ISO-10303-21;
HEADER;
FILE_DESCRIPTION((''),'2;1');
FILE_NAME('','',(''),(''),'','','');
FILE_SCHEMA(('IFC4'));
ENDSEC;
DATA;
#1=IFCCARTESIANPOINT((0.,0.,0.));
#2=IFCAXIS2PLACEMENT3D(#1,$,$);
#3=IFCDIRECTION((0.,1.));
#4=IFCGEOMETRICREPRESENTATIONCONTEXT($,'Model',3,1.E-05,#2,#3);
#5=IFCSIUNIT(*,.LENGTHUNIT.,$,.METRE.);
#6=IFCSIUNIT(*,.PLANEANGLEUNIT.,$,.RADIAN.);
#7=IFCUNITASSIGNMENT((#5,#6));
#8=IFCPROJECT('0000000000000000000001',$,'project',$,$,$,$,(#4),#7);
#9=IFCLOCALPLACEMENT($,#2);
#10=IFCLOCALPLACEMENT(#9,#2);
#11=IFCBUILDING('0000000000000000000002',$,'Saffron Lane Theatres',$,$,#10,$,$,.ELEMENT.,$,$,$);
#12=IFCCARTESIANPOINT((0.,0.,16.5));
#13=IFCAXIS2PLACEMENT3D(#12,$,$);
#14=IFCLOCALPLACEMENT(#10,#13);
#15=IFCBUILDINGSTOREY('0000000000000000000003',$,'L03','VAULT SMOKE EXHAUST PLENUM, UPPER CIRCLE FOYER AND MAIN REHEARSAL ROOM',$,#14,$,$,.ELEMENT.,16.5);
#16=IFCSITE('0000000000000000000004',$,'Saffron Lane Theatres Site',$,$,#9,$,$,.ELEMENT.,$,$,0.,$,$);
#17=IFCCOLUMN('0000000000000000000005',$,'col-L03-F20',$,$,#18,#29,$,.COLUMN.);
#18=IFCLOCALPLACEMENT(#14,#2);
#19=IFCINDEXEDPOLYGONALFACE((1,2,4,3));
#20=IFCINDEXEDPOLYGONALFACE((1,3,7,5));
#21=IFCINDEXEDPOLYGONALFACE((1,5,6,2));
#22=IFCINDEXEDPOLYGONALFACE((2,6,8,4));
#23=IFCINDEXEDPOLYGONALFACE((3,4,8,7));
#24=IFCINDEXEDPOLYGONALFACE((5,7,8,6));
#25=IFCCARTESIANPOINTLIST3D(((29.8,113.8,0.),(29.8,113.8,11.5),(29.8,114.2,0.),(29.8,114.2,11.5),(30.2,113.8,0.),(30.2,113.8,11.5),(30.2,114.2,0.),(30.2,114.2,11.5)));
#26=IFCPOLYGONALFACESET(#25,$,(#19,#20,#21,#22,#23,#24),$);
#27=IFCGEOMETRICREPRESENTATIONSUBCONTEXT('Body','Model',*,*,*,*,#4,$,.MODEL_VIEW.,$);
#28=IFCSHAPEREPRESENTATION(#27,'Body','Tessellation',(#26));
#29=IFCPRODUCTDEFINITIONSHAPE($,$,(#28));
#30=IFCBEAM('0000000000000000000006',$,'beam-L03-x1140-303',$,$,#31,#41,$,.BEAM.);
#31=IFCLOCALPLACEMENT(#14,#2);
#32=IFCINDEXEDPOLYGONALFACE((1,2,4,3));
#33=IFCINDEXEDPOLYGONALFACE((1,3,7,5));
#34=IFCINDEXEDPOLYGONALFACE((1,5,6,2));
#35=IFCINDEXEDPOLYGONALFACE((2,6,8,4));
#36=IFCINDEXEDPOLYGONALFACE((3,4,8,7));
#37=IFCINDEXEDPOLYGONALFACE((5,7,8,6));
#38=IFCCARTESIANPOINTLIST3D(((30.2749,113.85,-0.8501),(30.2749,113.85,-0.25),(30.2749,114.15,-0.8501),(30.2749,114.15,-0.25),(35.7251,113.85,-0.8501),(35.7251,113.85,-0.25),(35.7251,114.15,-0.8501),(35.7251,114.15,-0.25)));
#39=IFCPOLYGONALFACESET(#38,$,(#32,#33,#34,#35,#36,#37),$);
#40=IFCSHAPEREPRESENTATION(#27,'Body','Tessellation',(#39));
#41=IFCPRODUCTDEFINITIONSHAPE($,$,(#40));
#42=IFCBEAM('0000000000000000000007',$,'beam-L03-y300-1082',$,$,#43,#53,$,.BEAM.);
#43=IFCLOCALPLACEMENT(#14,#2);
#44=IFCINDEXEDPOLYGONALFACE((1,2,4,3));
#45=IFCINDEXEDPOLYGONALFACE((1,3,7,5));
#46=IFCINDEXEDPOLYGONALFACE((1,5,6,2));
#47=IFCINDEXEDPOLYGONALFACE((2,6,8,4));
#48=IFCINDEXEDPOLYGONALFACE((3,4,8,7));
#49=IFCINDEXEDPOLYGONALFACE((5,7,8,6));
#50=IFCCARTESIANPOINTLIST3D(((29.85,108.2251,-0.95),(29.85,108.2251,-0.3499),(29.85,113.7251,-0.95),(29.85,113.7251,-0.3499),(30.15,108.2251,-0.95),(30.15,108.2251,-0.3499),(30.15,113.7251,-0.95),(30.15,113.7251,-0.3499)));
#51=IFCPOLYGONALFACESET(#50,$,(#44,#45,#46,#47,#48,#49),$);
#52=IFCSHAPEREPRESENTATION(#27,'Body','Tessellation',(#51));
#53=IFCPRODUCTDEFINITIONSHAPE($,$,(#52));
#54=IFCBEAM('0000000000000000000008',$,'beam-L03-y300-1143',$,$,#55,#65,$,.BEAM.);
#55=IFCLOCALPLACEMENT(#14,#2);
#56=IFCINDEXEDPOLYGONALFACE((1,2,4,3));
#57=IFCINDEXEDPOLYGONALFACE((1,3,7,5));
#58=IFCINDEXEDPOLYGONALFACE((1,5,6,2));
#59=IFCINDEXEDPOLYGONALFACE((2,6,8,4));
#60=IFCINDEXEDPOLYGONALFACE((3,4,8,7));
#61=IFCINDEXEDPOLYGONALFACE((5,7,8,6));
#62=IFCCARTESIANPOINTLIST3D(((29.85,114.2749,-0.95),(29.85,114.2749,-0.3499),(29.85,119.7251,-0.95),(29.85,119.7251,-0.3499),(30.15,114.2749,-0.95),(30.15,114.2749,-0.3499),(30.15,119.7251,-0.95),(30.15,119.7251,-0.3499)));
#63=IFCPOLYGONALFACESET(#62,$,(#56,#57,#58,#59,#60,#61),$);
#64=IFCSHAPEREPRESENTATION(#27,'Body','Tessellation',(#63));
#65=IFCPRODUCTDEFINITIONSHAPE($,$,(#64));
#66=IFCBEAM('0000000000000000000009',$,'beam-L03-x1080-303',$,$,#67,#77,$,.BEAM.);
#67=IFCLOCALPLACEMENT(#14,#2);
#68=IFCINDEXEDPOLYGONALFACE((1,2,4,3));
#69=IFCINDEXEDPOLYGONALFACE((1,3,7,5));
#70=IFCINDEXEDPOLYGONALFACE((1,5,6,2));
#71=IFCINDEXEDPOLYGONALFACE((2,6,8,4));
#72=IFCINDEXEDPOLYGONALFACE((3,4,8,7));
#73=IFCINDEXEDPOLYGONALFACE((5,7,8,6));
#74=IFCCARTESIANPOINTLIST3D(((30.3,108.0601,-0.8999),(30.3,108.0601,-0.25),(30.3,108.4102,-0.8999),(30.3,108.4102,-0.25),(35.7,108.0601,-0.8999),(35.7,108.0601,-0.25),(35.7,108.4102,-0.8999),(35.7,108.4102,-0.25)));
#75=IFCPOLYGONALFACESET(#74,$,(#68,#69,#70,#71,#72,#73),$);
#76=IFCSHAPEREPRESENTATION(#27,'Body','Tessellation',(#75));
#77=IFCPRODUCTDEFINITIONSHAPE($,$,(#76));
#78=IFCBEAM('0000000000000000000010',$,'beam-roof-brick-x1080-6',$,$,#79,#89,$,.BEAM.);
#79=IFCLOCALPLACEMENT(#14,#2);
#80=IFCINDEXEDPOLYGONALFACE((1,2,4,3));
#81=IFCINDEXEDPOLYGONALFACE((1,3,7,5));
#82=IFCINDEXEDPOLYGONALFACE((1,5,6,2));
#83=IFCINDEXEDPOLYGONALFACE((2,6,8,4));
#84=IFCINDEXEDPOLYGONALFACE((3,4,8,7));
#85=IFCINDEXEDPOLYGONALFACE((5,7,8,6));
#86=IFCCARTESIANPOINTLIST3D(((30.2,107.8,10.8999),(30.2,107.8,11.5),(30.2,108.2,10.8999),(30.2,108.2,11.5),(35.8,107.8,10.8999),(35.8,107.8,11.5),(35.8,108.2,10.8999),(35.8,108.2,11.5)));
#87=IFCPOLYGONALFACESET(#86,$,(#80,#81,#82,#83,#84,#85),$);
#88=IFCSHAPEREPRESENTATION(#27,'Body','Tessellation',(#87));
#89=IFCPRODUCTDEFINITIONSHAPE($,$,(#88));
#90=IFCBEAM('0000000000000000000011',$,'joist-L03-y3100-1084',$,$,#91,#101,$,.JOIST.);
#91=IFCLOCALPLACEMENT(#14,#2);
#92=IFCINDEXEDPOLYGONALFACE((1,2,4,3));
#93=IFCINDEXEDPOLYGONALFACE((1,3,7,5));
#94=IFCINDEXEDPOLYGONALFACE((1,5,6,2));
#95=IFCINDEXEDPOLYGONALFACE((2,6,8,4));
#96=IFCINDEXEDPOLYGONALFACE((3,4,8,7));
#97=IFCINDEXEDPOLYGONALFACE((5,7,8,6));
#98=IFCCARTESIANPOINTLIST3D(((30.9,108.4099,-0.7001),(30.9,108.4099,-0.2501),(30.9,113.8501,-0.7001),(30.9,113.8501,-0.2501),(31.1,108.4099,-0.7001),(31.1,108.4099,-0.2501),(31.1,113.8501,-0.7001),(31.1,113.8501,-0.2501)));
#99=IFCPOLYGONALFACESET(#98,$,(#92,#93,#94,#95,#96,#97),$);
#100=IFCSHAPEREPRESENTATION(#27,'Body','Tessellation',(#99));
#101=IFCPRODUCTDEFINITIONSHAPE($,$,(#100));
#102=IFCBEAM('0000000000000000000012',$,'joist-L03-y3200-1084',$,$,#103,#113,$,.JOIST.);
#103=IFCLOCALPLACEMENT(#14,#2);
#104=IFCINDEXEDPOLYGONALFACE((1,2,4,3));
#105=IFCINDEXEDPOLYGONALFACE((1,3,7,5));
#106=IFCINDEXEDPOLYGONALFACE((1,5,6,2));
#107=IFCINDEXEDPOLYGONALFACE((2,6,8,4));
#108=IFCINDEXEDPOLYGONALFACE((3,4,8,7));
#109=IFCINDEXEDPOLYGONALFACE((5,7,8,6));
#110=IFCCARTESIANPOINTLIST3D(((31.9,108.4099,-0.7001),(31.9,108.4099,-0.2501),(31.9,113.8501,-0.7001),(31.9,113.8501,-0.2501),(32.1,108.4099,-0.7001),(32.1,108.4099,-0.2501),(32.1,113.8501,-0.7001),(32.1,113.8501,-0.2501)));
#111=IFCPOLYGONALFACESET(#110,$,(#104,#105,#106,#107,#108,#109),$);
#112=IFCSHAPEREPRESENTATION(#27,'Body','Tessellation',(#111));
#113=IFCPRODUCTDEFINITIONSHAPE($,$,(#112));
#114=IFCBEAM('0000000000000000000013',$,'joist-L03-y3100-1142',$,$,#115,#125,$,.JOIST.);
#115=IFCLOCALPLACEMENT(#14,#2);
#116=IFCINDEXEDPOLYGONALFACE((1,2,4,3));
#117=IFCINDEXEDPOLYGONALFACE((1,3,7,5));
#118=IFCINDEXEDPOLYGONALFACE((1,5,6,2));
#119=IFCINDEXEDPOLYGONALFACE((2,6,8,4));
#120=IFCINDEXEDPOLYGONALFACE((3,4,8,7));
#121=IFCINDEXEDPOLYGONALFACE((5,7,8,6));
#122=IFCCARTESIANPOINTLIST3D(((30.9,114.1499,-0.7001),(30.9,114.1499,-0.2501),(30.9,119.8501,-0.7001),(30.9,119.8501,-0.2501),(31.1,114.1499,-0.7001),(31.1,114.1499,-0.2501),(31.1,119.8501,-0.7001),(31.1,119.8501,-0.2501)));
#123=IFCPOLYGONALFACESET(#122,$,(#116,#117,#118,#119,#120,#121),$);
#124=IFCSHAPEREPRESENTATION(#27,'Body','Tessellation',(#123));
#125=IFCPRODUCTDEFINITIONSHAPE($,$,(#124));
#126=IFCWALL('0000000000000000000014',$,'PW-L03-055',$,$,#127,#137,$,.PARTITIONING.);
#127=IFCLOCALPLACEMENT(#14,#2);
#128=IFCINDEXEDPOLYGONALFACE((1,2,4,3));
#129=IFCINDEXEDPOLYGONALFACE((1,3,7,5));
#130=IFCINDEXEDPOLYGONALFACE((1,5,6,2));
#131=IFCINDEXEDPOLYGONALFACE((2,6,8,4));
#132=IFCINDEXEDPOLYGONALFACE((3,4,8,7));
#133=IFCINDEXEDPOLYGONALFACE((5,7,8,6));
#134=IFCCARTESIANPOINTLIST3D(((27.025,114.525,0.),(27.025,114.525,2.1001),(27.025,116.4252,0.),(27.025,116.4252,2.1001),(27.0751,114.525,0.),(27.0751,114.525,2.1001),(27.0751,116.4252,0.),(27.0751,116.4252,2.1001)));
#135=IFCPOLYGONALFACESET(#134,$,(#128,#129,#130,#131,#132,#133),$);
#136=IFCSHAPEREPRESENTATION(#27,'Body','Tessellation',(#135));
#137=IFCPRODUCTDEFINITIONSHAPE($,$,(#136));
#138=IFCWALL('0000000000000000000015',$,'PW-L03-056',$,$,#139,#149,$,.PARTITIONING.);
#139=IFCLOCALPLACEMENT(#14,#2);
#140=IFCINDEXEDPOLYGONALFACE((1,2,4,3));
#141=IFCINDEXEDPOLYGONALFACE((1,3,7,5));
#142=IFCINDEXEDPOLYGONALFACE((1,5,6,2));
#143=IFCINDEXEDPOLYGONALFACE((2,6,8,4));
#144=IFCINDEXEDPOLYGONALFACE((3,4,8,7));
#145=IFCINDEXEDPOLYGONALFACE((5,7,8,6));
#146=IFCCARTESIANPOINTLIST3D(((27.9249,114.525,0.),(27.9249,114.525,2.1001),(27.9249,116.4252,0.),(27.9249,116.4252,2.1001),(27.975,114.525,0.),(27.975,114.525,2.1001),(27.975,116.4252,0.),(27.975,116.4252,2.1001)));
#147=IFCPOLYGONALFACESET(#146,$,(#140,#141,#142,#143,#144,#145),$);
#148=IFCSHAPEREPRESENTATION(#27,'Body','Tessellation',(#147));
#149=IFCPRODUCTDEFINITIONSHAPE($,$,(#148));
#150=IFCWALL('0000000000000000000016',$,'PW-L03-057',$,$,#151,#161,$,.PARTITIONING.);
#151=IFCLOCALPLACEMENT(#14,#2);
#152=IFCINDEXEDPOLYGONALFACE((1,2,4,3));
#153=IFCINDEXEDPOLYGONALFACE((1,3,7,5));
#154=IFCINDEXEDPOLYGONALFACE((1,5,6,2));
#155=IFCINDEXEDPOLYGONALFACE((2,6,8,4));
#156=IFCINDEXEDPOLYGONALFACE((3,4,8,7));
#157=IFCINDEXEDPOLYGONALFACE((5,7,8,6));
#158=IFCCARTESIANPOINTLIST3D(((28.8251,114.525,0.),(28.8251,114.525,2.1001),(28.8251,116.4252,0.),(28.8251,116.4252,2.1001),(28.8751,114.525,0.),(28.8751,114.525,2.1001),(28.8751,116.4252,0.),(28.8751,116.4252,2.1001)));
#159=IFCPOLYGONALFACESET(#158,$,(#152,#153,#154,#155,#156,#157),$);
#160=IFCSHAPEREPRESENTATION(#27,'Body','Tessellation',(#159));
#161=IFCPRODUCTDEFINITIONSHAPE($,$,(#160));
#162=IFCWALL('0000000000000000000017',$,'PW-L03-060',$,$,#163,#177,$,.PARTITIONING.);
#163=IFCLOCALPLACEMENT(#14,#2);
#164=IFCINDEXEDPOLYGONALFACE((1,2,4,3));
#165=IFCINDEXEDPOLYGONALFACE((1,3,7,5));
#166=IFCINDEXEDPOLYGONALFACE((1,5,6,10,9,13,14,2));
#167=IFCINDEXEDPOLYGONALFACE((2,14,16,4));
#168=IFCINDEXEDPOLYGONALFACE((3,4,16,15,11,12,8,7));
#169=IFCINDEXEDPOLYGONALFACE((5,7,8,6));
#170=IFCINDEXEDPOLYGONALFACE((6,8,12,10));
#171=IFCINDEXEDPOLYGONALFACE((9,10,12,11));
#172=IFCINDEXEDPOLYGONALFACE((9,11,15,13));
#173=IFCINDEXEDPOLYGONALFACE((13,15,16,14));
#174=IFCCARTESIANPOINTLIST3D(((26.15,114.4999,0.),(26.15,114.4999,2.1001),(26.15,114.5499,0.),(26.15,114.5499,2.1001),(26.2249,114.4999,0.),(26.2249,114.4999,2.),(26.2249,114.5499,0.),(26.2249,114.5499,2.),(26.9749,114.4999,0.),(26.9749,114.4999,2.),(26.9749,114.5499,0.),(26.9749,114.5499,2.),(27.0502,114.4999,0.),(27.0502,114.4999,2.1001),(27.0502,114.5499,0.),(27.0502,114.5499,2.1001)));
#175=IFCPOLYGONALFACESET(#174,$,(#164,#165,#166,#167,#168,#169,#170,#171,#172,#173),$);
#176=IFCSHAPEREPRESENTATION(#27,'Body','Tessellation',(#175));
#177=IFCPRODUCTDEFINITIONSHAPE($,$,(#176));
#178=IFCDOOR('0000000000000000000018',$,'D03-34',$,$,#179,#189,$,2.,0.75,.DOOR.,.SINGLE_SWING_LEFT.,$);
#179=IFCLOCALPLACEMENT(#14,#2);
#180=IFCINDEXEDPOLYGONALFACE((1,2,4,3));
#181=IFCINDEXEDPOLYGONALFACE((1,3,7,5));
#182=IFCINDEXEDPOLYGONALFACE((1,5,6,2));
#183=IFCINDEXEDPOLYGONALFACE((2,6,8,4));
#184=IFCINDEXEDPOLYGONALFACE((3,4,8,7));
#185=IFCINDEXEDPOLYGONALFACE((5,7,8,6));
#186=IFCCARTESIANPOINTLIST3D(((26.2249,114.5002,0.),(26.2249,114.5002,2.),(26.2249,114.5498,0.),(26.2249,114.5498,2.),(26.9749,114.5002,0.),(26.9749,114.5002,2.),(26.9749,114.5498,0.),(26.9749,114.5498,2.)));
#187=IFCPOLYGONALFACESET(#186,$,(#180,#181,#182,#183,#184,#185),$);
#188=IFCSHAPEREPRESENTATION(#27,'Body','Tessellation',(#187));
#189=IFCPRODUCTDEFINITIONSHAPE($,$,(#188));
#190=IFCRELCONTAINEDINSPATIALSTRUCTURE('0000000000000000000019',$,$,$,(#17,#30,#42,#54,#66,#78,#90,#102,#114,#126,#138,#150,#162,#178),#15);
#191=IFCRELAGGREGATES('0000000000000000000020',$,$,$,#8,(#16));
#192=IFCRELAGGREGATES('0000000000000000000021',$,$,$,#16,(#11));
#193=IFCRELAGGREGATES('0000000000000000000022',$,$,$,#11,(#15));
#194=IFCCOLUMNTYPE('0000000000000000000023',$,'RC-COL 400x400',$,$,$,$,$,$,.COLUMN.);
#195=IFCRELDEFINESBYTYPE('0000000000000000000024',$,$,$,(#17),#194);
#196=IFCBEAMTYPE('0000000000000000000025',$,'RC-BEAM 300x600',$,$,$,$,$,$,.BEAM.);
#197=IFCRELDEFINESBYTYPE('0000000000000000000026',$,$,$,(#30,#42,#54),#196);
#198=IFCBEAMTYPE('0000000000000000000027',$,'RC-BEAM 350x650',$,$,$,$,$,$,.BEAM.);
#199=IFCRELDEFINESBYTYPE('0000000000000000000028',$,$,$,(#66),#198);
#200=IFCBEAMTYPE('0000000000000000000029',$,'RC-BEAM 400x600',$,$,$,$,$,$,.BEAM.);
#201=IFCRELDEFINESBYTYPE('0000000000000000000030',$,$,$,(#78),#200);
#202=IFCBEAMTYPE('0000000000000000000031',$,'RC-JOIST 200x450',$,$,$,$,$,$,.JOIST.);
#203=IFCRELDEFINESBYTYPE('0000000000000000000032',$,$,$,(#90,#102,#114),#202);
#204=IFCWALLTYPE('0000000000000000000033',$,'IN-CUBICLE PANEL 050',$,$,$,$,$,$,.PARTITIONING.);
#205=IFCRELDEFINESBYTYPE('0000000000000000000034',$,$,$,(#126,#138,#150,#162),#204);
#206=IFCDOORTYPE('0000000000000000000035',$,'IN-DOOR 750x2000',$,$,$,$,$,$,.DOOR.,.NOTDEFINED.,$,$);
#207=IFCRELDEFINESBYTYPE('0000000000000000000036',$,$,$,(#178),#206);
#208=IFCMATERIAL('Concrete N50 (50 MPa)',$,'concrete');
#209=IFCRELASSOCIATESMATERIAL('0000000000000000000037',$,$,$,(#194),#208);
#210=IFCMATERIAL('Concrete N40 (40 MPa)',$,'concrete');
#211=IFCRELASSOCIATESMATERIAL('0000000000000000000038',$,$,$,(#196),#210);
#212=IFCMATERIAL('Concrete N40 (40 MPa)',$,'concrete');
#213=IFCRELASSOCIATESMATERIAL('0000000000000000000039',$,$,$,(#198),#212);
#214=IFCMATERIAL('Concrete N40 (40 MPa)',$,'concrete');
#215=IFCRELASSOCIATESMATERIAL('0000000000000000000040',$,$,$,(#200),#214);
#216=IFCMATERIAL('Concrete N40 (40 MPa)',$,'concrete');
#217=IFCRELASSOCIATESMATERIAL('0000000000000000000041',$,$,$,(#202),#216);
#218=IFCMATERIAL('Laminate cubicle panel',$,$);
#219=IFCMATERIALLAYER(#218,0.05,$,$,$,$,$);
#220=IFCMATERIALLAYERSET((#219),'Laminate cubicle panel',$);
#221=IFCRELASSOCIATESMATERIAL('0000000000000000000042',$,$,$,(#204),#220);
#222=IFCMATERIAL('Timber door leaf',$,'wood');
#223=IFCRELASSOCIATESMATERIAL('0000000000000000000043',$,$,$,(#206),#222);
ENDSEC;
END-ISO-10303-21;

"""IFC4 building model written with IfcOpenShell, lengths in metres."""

from ifc_helpers import new_model, si_unit, direction, frame, frame_2d, origin, origin_2d, place, context, subcontext, project, spatial, rectangle, extrude, material, layer, layer_set, material_profile, profile_set, type_object, element, fill, save


model = new_model("IFC4")

# Units and contexts
model_context = context("Model", 3, precision=1e-05, world=origin(), true_north=direction((0.0, 1.0)))
body_context = subcontext(model_context, "Body", "Model", "MODEL_VIEW")
ifc_project = project(units=[si_unit("LENGTHUNIT", "METRE"), si_unit("PLANEANGLEUNIT", "RADIAN")], contexts=[model_context])

# Site, building, storey
site_placement = place(None, origin())
site = spatial("IfcSite", under=ifc_project, at=site_placement, Name="Saffron Lane Theatres Site", CompositionType="ELEMENT", RefElevation=0.0)
building_placement = place(site_placement, origin())
building = spatial("IfcBuilding", under=site, at=building_placement, Name="Saffron Lane Theatres", CompositionType="ELEMENT")
storey_placement = place(building_placement, frame((0.0, 0.0, 16.5)))
storey = spatial("IfcBuildingStorey", under=building, at=storey_placement, Name="L03", Description="VAULT SMOKE EXHAUST PLENUM, UPPER CIRCLE FOYER AND MAIN REHEARSAL ROOM", CompositionType="ELEMENT", Elevation=16.5)

# Column
ifc_material_1 = material(Name="Concrete N50 (50 MPa)", Category="concrete")
ifc_material_profile_1 = material_profile(ifc_material_1, rectangle(XDim=0.3999, YDim=0.3999, at=origin_2d()))
ifc_profile_set_1 = profile_set([ifc_material_profile_1], Name="Concrete N50 (50 MPa)")
column_type = type_object("IfcColumnType", Name="RC-COL 400x400", PredefinedType="COLUMN", material=ifc_profile_set_1)
column_placement = place(storey_placement, frame((30.0, 114.0, 0.0), z_axis=(0.0, 0.0, 1.0), x_axis=(1.0, 0.0, 0.0)))
element("IfcColumn", 1, at=column_placement, inside=storey, type_object=column_type, Name="col-L03-F20", PredefinedType="COLUMN", context=body_context, shape_type="SweptSolid", body=[
    extrude(rectangle(XDim=0.3999, YDim=0.3999, at=origin_2d()), origin(), (0.0, 0.0, 1.0), 11.5),
])

# Beams
ifc_material_2 = material(Name="Concrete N40 (40 MPa)", Category="concrete")
ifc_material_profile_2 = material_profile(ifc_material_2, rectangle(XDim=0.3, YDim=0.6001, at=origin_2d()))
ifc_profile_set_2 = profile_set([ifc_material_profile_2], Name="Concrete N40 (40 MPa)")
beam_type_1 = type_object("IfcBeamType", Name="RC-BEAM 300x600", PredefinedType="BEAM", material=ifc_profile_set_2)
beam_1_placement = place(storey_placement, frame((30.2749, 114.0, -0.55), z_axis=(1.0, 0.0, 0.0), x_axis=(0.0, 1.0, 0.0)))
element("IfcBeam", 2, at=beam_1_placement, inside=storey, type_object=beam_type_1, Name="beam-L03-x1140-303", PredefinedType="BEAM", context=body_context, shape_type="SweptSolid", body=[
    extrude(rectangle(XDim=0.3, YDim=0.6001, at=origin_2d()), origin(), (0.0, 0.0, 1.0), 5.4502),
])
beam_2_placement = place(storey_placement, frame((30.0, 108.2251, -0.6499), z_axis=(0.0, 1.0, 0.0), x_axis=(-1.0, 0.0, 0.0)))
element("IfcBeam", 3, at=beam_2_placement, inside=storey, type_object=beam_type_1, Name="beam-L03-y300-1082", PredefinedType="BEAM", context=body_context, shape_type="SweptSolid", body=[
    extrude(rectangle(XDim=0.3, YDim=0.6001, at=origin_2d()), origin(), (0.0, 0.0, 1.0), 5.5),
])
beam_3_placement = place(storey_placement, frame((30.0, 114.2749, -0.6499), z_axis=(0.0, 1.0, 0.0), x_axis=(-1.0, 0.0, 0.0)))
element("IfcBeam", 4, at=beam_3_placement, inside=storey, type_object=beam_type_1, Name="beam-L03-y300-1143", PredefinedType="BEAM", context=body_context, shape_type="SweptSolid", body=[
    extrude(rectangle(XDim=0.3, YDim=0.6001, at=origin_2d()), origin(), (0.0, 0.0, 1.0), 5.4502),
])
ifc_material_3 = material(Name="Concrete N40 (40 MPa)", Category="concrete")
ifc_material_profile_3 = material_profile(ifc_material_3, rectangle(XDim=0.3501, YDim=0.6499, at=origin_2d()))
ifc_profile_set_3 = profile_set([ifc_material_profile_3], Name="Concrete N40 (40 MPa)")
beam_type_2 = type_object("IfcBeamType", Name="RC-BEAM 350x650", PredefinedType="BEAM", material=ifc_profile_set_3)
beam_4_placement = place(storey_placement, frame((30.3, 108.2351, -0.575), z_axis=(1.0, 0.0, 0.0), x_axis=(0.0, 1.0, 0.0)))
element("IfcBeam", 5, at=beam_4_placement, inside=storey, type_object=beam_type_2, Name="beam-L03-x1080-303", PredefinedType="BEAM", context=body_context, shape_type="SweptSolid", body=[
    extrude(rectangle(XDim=0.3501, YDim=0.6499, at=origin_2d()), origin(), (0.0, 0.0, 1.0), 5.3999),
])
ifc_material_4 = material(Name="Concrete N40 (40 MPa)", Category="concrete")
ifc_material_profile_4 = material_profile(ifc_material_4, rectangle(XDim=0.3999, YDim=0.6001, at=origin_2d()))
ifc_profile_set_4 = profile_set([ifc_material_profile_4], Name="Concrete N40 (40 MPa)")
beam_type_3 = type_object("IfcBeamType", Name="RC-BEAM 400x600", PredefinedType="BEAM", material=ifc_profile_set_4)
beam_5_placement = place(storey_placement, frame((30.2, 108.0, 11.2), z_axis=(1.0, 0.0, 0.0), x_axis=(0.0, 1.0, 0.0)))
element("IfcBeam", 6, at=beam_5_placement, inside=storey, type_object=beam_type_3, Name="beam-roof-brick-x1080-6", PredefinedType="BEAM", context=body_context, shape_type="SweptSolid", body=[
    extrude(rectangle(XDim=0.3999, YDim=0.6001, at=origin_2d()), origin(), (0.0, 0.0, 1.0), 5.6001),
])
ifc_material_5 = material(Name="Concrete N40 (40 MPa)", Category="concrete")
ifc_material_profile_5 = material_profile(ifc_material_5, rectangle(XDim=0.2, YDim=0.45, at=origin_2d()))
ifc_profile_set_5 = profile_set([ifc_material_profile_5], Name="Concrete N40 (40 MPa)")
beam_type_4 = type_object("IfcBeamType", Name="RC-JOIST 200x450", PredefinedType="JOIST", material=ifc_profile_set_5)
for number, where, z_axis, x_axis, name in (
    (7, (31.0, 108.4099, -0.4751), (0.0, 1.0, 0.0), (-1.0, 0.0, 0.0), "joist-L03-y3100-1084"),
    (8, (32.0, 108.4099, -0.4751), (0.0, 1.0, 0.0), (-1.0, 0.0, 0.0), "joist-L03-y3200-1084"),
):
    element("IfcBeam", number, at=place(storey_placement, frame(where, z_axis=z_axis, x_axis=x_axis)), inside=storey, type_object=beam_type_4, Name=name, PredefinedType="JOIST", context=body_context, shape_type="SweptSolid", body=[
        extrude(rectangle(XDim=0.2, YDim=0.45, at=origin_2d()), origin(), (0.0, 0.0, 1.0), 5.4402),
    ])
beam_6_placement = place(storey_placement, frame((31.0, 114.1499, -0.4751), z_axis=(0.0, 1.0, 0.0), x_axis=(-1.0, 0.0, 0.0)))
element("IfcBeam", 9, at=beam_6_placement, inside=storey, type_object=beam_type_4, Name="joist-L03-y3100-1142", PredefinedType="JOIST", context=body_context, shape_type="SweptSolid", body=[
    extrude(rectangle(XDim=0.2, YDim=0.45, at=origin_2d()), origin(), (0.0, 0.0, 1.0), 5.7002),
])

# Walls
ifc_material_6 = material(Name="Laminate cubicle panel")
ifc_layer_1 = layer(ifc_material_6, 0.05)
ifc_layer_set_1 = layer_set([ifc_layer_1], Name="Laminate cubicle panel")
wall_type_1 = type_object("IfcWallType", Name="IN-CUBICLE PANEL 050", PredefinedType="PARTITIONING", material=ifc_layer_set_1)
for number, where, z_axis, x_axis, name in (
    (10, (27.05, 114.5249, 0.0), (0.0, 0.0, 1.0), (0.0, 1.0, 0.0), "PW-L03-055"),
    (11, (27.95, 114.5249, 0.0), (0.0, 0.0, 1.0), (0.0, 1.0, 0.0), "PW-L03-056"),
    (12, (28.8501, 114.5249, 0.0), (0.0, 0.0, 1.0), (0.0, 1.0, 0.0), "PW-L03-057"),
):
    element("IfcWall", number, at=place(storey_placement, frame(where, z_axis=z_axis, x_axis=x_axis)), inside=storey, type_object=wall_type_1, Name=name, PredefinedType="PARTITIONING", context=body_context, shape_type="SweptSolid", body=[
        extrude(rectangle(XDim=1.9001, YDim=0.05, at=frame_2d((0.9502, 0.0))), origin(), (0.0, 0.0, 1.0), 2.1001),
    ])

# Wall, opening, door
wall_1_placement = place(storey_placement, frame((26.1499, 114.5249, 0.0), z_axis=(0.0, 0.0, 1.0), x_axis=(1.0, 0.0, 0.0)))
wall_1 = element("IfcWall", 13, at=wall_1_placement, inside=storey, type_object=wall_type_1, Name="PW-L03-060", PredefinedType="PARTITIONING", context=body_context, shape_type="SweptSolid", body=[
    extrude(rectangle(XDim=0.9001, YDim=0.05, at=frame_2d((0.4502, 0.0))), origin(), (0.0, 0.0, 1.0), 2.1001),
])
opening_1_placement = place(wall_1_placement, frame((0.075, 0.0, 0.0)))
opening_1 = element("IfcOpeningElement", 14, at=opening_1_placement, cuts=wall_1, PredefinedType="OPENING", context=body_context, shape_type="SweptSolid", body=[
    extrude(rectangle(XDim=0.75, YDim=2.0, at=frame_2d((0.375, 1.0))), frame((0.0, 0.0352, 0.0), z_axis=(0.0, -1.0, 0.0), x_axis=(1.0, 0.0, 0.0)), (0.0, 0.0, 1.0), 0.0701),
])
ifc_material_7 = material(Name="Timber door leaf", Category="wood")
door_type = type_object("IfcDoorType", Name="IN-DOOR 750x2000", OperationType="NOTDEFINED", PredefinedType="DOOR", material=ifc_material_7)
door_1_placement = place(opening_1_placement, origin())
door_1 = element("IfcDoor", 15, at=door_1_placement, inside=storey, type_object=door_type, Name="D03-34", OperationType="SINGLE_SWING_LEFT", OverallHeight=2.0, OverallWidth=0.75, PredefinedType="DOOR", context=body_context, shape_type="SweptSolid", body=[
    extrude(rectangle(XDim=0.75, YDim=2.0, at=frame_2d((0.375, 1.0))), frame((0.0, 0.0249, 0.0), z_axis=(0.0, -1.0, 0.0), x_axis=(1.0, 0.0, 0.0)), (0.0, 0.0, 1.0), 0.0496),
])
fill(opening_1, door_1)

save(model, "model.ifc")
